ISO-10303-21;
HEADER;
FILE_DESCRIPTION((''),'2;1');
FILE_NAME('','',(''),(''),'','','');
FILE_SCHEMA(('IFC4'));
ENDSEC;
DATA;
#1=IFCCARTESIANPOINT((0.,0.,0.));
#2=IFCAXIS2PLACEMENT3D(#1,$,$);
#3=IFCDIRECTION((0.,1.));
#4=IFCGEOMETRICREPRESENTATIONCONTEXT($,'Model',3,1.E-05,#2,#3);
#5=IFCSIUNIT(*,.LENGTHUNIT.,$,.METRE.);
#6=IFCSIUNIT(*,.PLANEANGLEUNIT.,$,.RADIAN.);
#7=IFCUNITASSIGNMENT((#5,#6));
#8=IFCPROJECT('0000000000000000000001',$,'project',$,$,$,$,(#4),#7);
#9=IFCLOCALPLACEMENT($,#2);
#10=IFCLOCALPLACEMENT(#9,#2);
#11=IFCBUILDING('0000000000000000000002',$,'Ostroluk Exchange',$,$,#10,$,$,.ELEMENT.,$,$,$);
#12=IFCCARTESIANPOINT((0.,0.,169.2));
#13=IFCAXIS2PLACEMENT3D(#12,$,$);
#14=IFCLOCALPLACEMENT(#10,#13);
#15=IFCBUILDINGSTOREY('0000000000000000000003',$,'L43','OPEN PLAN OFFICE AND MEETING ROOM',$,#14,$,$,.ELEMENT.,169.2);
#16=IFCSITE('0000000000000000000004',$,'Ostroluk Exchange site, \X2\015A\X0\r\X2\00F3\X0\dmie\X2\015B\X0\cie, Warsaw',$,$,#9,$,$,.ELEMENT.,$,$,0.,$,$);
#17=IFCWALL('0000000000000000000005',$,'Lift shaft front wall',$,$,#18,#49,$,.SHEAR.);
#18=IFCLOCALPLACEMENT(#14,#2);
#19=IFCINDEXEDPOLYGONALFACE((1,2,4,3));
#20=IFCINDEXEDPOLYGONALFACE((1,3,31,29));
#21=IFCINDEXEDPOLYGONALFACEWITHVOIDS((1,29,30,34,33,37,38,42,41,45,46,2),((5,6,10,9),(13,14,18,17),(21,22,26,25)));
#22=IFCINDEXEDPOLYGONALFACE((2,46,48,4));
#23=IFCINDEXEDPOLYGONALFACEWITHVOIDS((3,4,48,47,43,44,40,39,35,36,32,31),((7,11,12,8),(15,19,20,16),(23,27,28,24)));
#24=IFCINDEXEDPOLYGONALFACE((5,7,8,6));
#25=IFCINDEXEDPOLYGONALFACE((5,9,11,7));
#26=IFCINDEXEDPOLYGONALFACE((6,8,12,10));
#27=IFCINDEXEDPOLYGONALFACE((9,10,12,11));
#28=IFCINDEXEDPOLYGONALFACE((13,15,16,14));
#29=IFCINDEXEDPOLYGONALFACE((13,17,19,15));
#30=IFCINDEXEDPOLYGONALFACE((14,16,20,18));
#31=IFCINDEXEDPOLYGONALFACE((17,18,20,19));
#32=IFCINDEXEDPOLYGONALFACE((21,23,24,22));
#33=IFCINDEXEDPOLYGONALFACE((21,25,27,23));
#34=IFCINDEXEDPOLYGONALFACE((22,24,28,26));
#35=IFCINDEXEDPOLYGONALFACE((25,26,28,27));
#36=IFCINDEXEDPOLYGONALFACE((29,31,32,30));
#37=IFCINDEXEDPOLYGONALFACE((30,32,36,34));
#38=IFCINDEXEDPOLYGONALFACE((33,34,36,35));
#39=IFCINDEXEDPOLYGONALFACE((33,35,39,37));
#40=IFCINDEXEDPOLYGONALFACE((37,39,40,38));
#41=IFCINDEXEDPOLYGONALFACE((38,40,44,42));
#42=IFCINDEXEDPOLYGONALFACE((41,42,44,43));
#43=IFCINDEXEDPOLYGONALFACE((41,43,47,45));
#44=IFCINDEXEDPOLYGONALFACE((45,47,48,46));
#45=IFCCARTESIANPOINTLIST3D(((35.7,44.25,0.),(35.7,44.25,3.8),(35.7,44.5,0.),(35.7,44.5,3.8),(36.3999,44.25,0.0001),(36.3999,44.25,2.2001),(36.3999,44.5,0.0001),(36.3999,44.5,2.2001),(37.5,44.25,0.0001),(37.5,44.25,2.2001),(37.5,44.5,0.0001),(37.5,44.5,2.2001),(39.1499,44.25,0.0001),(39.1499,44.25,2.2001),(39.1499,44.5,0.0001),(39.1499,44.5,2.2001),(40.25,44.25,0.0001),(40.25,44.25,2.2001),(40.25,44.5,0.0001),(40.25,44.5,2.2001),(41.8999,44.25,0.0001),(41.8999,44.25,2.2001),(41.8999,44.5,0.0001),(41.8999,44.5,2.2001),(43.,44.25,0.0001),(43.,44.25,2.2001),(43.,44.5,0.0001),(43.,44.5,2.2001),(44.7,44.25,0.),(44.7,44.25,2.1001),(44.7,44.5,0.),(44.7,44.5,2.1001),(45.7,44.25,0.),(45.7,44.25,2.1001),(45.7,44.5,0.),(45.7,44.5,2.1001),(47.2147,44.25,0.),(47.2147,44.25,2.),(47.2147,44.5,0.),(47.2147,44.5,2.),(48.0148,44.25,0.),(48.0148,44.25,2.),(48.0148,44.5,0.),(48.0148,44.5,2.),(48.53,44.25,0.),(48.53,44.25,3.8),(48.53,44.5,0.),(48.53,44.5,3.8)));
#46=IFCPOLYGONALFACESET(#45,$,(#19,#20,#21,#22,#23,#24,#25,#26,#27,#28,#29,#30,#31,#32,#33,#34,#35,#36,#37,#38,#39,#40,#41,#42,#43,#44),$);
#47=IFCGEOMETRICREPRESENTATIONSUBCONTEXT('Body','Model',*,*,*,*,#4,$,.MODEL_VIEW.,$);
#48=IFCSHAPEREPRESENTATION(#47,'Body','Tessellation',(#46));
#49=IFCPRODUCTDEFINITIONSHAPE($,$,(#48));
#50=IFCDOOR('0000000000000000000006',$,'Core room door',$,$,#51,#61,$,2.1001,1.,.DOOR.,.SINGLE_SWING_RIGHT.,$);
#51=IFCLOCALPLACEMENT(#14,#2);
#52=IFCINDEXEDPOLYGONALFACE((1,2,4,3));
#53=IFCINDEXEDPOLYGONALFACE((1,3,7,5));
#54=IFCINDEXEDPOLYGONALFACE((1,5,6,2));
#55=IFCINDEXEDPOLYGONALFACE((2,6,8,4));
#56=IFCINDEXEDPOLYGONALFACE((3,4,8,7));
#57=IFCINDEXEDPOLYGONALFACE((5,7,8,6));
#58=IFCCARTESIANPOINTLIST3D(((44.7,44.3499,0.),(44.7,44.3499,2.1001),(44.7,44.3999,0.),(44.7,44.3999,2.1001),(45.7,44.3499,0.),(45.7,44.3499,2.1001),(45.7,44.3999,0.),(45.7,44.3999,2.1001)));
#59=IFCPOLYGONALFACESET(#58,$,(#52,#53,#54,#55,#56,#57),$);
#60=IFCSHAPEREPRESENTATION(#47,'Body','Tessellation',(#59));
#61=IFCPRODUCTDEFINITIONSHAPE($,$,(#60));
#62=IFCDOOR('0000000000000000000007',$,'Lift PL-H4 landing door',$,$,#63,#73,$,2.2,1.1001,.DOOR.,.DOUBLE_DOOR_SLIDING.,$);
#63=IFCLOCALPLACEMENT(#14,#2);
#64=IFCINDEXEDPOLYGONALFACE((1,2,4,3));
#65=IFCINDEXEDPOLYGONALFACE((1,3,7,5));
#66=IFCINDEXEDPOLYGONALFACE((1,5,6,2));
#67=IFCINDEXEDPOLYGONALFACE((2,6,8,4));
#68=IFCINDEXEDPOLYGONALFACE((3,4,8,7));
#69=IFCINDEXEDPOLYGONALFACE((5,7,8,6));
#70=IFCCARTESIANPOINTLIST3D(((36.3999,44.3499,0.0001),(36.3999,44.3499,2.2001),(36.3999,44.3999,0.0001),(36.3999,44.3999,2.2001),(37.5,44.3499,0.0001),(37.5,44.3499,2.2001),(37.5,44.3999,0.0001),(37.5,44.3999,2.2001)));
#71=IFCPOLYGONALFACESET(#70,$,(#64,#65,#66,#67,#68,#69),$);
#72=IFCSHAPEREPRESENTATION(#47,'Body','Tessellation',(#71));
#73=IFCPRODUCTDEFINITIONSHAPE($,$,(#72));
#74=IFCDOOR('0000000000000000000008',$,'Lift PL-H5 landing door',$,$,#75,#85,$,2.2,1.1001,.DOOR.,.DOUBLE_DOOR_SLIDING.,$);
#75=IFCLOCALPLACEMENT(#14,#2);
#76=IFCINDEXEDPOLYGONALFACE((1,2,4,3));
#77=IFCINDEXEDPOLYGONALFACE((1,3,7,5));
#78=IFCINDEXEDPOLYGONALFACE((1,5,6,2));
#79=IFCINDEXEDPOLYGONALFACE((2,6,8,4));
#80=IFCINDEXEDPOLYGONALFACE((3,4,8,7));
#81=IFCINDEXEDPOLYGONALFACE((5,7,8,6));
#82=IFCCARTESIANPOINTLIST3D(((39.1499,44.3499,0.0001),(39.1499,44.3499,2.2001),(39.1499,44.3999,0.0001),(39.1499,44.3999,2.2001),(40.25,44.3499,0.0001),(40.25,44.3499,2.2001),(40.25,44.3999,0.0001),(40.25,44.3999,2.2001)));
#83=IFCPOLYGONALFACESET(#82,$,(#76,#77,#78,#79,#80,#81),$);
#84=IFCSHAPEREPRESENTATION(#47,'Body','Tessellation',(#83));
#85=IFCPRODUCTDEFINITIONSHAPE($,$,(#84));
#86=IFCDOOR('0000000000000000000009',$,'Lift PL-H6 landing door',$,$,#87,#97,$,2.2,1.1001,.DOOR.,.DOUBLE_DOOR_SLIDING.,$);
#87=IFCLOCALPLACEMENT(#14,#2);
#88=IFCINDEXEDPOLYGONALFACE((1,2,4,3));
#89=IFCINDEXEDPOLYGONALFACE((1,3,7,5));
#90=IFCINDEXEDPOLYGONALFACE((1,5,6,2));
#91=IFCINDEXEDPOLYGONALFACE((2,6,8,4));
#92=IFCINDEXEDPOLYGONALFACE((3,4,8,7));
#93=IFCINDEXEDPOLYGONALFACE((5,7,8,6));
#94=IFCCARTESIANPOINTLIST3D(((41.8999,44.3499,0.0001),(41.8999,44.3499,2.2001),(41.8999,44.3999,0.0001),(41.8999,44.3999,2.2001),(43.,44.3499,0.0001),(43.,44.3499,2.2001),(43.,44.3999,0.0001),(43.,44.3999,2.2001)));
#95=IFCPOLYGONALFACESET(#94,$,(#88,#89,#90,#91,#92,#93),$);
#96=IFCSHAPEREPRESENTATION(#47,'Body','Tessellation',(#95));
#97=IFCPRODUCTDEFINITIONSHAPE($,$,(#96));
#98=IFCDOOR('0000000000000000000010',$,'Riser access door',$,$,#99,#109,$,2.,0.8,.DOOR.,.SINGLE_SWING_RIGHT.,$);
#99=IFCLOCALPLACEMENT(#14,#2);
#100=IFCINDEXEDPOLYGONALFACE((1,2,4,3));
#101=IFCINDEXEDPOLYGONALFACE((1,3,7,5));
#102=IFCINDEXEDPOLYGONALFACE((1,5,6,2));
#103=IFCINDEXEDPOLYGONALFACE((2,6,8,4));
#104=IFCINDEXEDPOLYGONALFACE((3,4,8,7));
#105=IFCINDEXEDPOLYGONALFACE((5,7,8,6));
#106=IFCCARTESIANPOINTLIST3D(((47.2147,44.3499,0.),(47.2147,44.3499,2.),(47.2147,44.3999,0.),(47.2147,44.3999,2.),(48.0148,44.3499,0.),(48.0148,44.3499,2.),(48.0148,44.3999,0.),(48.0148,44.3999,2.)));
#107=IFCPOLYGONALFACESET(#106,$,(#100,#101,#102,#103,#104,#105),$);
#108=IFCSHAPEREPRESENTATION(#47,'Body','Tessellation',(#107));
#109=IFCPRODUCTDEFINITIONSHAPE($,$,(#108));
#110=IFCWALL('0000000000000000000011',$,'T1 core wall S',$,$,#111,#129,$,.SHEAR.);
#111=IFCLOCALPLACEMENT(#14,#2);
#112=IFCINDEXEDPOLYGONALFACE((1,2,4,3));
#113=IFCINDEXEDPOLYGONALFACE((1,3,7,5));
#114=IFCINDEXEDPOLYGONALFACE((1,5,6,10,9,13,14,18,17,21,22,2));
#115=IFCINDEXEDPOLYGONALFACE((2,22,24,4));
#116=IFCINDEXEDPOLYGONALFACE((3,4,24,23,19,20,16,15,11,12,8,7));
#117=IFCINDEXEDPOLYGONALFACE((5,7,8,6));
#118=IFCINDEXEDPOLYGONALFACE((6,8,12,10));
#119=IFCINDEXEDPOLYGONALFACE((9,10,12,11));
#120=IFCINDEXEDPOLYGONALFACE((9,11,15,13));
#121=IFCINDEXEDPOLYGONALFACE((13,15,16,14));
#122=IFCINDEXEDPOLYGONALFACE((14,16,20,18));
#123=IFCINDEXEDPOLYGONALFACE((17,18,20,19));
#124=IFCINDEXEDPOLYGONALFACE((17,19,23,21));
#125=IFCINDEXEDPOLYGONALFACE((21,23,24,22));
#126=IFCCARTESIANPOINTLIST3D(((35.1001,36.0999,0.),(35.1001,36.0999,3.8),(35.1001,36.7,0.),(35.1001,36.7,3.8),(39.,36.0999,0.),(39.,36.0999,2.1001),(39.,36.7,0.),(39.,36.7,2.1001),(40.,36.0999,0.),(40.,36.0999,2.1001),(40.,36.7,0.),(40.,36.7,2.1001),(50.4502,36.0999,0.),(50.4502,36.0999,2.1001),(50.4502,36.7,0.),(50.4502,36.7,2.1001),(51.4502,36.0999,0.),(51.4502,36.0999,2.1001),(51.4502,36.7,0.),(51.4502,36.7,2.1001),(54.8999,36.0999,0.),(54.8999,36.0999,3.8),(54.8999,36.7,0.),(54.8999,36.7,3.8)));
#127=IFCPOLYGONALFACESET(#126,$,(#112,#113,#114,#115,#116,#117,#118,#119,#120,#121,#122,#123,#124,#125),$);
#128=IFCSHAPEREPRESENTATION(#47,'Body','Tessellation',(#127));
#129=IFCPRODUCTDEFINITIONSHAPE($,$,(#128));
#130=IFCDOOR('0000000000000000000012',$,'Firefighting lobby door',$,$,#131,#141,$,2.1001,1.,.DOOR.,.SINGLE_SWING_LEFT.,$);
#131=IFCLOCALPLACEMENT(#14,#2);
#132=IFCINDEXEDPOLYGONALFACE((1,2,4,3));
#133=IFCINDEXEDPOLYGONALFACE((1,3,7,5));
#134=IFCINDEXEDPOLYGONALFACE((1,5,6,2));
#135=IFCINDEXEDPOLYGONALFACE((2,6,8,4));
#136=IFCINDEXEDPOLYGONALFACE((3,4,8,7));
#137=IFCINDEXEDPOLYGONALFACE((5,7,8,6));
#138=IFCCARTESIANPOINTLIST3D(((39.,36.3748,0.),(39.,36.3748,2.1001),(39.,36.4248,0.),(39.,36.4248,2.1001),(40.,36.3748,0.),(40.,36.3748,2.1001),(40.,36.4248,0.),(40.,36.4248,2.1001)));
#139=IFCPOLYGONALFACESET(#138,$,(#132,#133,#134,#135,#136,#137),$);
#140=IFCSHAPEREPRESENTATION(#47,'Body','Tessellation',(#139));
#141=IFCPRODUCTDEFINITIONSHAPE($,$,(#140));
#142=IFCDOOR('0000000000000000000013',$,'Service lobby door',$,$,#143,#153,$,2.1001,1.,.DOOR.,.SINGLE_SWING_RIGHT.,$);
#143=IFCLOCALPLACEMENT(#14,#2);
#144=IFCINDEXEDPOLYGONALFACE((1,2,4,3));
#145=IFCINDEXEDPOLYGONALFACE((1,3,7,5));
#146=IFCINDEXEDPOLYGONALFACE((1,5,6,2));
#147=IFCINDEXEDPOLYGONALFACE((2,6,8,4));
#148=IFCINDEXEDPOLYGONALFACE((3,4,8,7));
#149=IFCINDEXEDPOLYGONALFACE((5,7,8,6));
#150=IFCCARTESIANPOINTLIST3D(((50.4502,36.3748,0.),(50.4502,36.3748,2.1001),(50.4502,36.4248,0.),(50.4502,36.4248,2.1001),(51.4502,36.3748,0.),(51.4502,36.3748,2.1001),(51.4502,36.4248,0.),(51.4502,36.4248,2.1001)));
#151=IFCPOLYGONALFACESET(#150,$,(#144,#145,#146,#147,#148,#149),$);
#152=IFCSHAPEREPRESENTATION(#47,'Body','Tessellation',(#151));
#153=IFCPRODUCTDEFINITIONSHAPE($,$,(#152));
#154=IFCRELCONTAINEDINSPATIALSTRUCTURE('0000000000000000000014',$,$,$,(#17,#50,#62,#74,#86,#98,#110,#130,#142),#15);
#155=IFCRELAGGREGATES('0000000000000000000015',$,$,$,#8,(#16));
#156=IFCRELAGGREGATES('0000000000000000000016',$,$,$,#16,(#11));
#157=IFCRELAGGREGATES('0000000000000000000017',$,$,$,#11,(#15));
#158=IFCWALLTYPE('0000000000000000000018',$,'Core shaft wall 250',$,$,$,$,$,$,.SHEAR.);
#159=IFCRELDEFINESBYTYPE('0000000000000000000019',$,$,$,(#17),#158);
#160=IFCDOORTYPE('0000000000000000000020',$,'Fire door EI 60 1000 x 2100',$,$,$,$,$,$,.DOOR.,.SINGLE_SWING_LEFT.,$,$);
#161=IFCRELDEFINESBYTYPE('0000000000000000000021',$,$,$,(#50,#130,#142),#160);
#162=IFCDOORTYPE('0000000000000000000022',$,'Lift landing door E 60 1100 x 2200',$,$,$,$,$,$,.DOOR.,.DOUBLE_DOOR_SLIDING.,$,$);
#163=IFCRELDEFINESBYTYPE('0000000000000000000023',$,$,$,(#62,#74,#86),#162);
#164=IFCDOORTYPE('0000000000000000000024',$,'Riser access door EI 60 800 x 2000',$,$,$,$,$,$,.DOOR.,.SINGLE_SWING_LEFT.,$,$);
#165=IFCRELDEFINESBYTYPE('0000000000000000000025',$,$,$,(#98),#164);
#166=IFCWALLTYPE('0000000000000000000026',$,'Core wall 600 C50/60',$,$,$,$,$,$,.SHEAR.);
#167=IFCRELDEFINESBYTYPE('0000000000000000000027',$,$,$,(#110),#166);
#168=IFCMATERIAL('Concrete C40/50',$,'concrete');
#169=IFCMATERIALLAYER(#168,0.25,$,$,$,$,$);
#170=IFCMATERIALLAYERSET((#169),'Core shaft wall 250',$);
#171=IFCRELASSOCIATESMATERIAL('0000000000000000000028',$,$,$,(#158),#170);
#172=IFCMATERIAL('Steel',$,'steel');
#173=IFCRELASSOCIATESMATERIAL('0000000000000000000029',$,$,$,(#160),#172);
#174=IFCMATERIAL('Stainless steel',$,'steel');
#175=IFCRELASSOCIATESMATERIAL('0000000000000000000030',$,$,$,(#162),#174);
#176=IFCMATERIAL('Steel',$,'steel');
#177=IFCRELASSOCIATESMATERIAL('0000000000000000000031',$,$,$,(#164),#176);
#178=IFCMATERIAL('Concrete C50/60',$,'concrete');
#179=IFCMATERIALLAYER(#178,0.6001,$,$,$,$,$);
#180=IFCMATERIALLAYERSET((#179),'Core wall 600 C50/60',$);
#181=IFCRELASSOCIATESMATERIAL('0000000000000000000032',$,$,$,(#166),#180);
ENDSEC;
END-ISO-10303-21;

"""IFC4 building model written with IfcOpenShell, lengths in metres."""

from ifc_helpers import new_model, si_unit, direction, frame, frame_2d, origin, place, context, subcontext, project, spatial, rectangle, extrude, material, layer, layer_set, type_object, element, fill, save


model = new_model("IFC4")

# Units and contexts
model_context = context("Model", 3, precision=1e-05, world=origin(), true_north=direction((0.0, 1.0)))
body_context = subcontext(model_context, "Body", "Model", "MODEL_VIEW")
ifc_project = project(units=[si_unit("LENGTHUNIT", "METRE"), si_unit("PLANEANGLEUNIT", "RADIAN")], contexts=[model_context])

# Site, building, storey
site_placement = place(None, origin())
site = spatial("IfcSite", under=ifc_project, at=site_placement, Name="Ostroluk Exchange site, Śródmieście, Warsaw", CompositionType="ELEMENT", RefElevation=0.0)
building_placement = place(site_placement, origin())
building = spatial("IfcBuilding", under=site, at=building_placement, Name="Ostroluk Exchange", CompositionType="ELEMENT")
storey_placement = place(building_placement, frame((0.0, 0.0, 169.2)))
storey = spatial("IfcBuildingStorey", under=building, at=storey_placement, Name="L43", Description="OPEN PLAN OFFICE AND MEETING ROOM", CompositionType="ELEMENT", Elevation=169.2)

# Shared definitions
ifc_material_1 = material(Name="Concrete C40/50", Category="concrete")
ifc_layer_1 = layer(ifc_material_1, 0.25)
ifc_layer_set_1 = layer_set([ifc_layer_1], Name="Core shaft wall 250")
wall_type_1 = type_object("IfcWallType", Name="Core shaft wall 250", PredefinedType="SHEAR", material=ifc_layer_set_1)

# Walls, openings, doors
wall_1_placement = place(storey_placement, frame((35.7, 44.375, 0.0), z_axis=(0.0, 0.0, 1.0), x_axis=(1.0, 0.0, 0.0)))
wall_1 = element("IfcWall", 1, at=wall_1_placement, inside=storey, type_object=wall_type_1, Name="Lift shaft front wall", PredefinedType="SHEAR", context=body_context, shape_type="SweptSolid", body=[
    extrude(rectangle(XDim=12.8301, YDim=0.25, at=frame_2d((6.415, 0.0))), origin(), (0.0, 0.0, 1.0), 3.8),
])
opening_1_placement = place(wall_1_placement, frame((0.7, 0.0, 0.0)))
opening_1 = element("IfcOpeningElement", 2, at=opening_1_placement, cuts=wall_1, PredefinedType="OPENING", context=body_context, shape_type="SweptSolid", body=[
    extrude(rectangle(XDim=1.1001, YDim=2.2, at=frame_2d((0.55, 1.1001))), frame((0.0, 0.135, 0.0), z_axis=(0.0, -1.0, 0.0), x_axis=(1.0, 0.0, 0.0)), (0.0, 0.0, 1.0), 0.27),
])
opening_2_placement = place(wall_1_placement, frame((3.45, 0.0, 0.0)))
opening_2 = element("IfcOpeningElement", 3, at=opening_2_placement, cuts=wall_1, PredefinedType="OPENING", context=body_context, shape_type="SweptSolid", body=[
    extrude(rectangle(XDim=1.1001, YDim=2.2, at=frame_2d((0.55, 1.1001))), frame((0.0, 0.135, 0.0), z_axis=(0.0, -1.0, 0.0), x_axis=(1.0, 0.0, 0.0)), (0.0, 0.0, 1.0), 0.27),
])
opening_3_placement = place(wall_1_placement, frame((6.2, 0.0, 0.0)))
opening_3 = element("IfcOpeningElement", 4, at=opening_3_placement, cuts=wall_1, PredefinedType="OPENING", context=body_context, shape_type="SweptSolid", body=[
    extrude(rectangle(XDim=1.1001, YDim=2.2, at=frame_2d((0.55, 1.1001))), frame((0.0, 0.135, 0.0), z_axis=(0.0, -1.0, 0.0), x_axis=(1.0, 0.0, 0.0)), (0.0, 0.0, 1.0), 0.27),
])
opening_4_placement = place(wall_1_placement, frame((9.0, 0.0, 0.0)))
opening_4 = element("IfcOpeningElement", 5, at=opening_4_placement, cuts=wall_1, PredefinedType="OPENING", context=body_context, shape_type="SweptSolid", body=[
    extrude(rectangle(XDim=1.0, YDim=2.1001, at=frame_2d((0.5, 1.05))), frame((0.0, 0.135, 0.0), z_axis=(0.0, -1.0, 0.0), x_axis=(1.0, 0.0, 0.0)), (0.0, 0.0, 1.0), 0.27),
])
opening_5_placement = place(wall_1_placement, frame((11.5149, 0.0, 0.0)))
opening_5 = element("IfcOpeningElement", 6, at=opening_5_placement, cuts=wall_1, PredefinedType="OPENING", context=body_context, shape_type="SweptSolid", body=[
    extrude(rectangle(XDim=0.8, YDim=2.0, at=frame_2d((0.3999, 1.0))), frame((0.0, 0.135, 0.0), z_axis=(0.0, -1.0, 0.0), x_axis=(1.0, 0.0, 0.0)), (0.0, 0.0, 1.0), 0.27),
])
ifc_material_2 = material(Name="Steel", Category="steel")
door_type_1 = type_object("IfcDoorType", Name="Fire door EI 60 1000 x 2100", OperationType="SINGLE_SWING_LEFT", PredefinedType="DOOR", material=ifc_material_2)
door_1_placement = place(opening_4_placement, origin())
door_1 = element("IfcDoor", 7, at=door_1_placement, inside=storey, type_object=door_type_1, Name="Core room door", OperationType="SINGLE_SWING_RIGHT", OverallHeight=2.1001, OverallWidth=1.0, PredefinedType="DOOR", context=body_context, shape_type="SweptSolid", body=[
    extrude(rectangle(XDim=1.0, YDim=2.1001, at=frame_2d((0.5, 1.05))), frame((0.0, 0.0249, 0.0), z_axis=(0.0, -1.0, 0.0), x_axis=(1.0, 0.0, 0.0)), (0.0, 0.0, 1.0), 0.05),
])
fill(opening_4, door_1)
ifc_material_3 = material(Name="Stainless steel", Category="steel")
door_type_2 = type_object("IfcDoorType", Name="Lift landing door E 60 1100 x 2200", OperationType="DOUBLE_DOOR_SLIDING", PredefinedType="DOOR", material=ifc_material_3)
door_2_placement = place(opening_1_placement, origin())
door_2 = element("IfcDoor", 8, at=door_2_placement, inside=storey, type_object=door_type_2, Name="Lift PL-H4 landing door", OperationType="DOUBLE_DOOR_SLIDING", OverallHeight=2.2, OverallWidth=1.1001, PredefinedType="DOOR", context=body_context, shape_type="SweptSolid", body=[
    extrude(rectangle(XDim=1.1001, YDim=2.2, at=frame_2d((0.55, 1.1001))), frame((0.0, 0.0249, 0.0), z_axis=(0.0, -1.0, 0.0), x_axis=(1.0, 0.0, 0.0)), (0.0, 0.0, 1.0), 0.05),
])
fill(opening_1, door_2)
door_3_placement = place(opening_2_placement, origin())
door_3 = element("IfcDoor", 9, at=door_3_placement, inside=storey, type_object=door_type_2, Name="Lift PL-H5 landing door", OperationType="DOUBLE_DOOR_SLIDING", OverallHeight=2.2, OverallWidth=1.1001, PredefinedType="DOOR", context=body_context, shape_type="SweptSolid", body=[
    extrude(rectangle(XDim=1.1001, YDim=2.2, at=frame_2d((0.55, 1.1001))), frame((0.0, 0.0249, 0.0), z_axis=(0.0, -1.0, 0.0), x_axis=(1.0, 0.0, 0.0)), (0.0, 0.0, 1.0), 0.05),
])
fill(opening_2, door_3)
door_4_placement = place(opening_3_placement, origin())
door_4 = element("IfcDoor", 10, at=door_4_placement, inside=storey, type_object=door_type_2, Name="Lift PL-H6 landing door", OperationType="DOUBLE_DOOR_SLIDING", OverallHeight=2.2, OverallWidth=1.1001, PredefinedType="DOOR", context=body_context, shape_type="SweptSolid", body=[
    extrude(rectangle(XDim=1.1001, YDim=2.2, at=frame_2d((0.55, 1.1001))), frame((0.0, 0.0249, 0.0), z_axis=(0.0, -1.0, 0.0), x_axis=(1.0, 0.0, 0.0)), (0.0, 0.0, 1.0), 0.05),
])
fill(opening_3, door_4)
ifc_material_4 = material(Name="Steel", Category="steel")
door_type_3 = type_object("IfcDoorType", Name="Riser access door EI 60 800 x 2000", OperationType="SINGLE_SWING_LEFT", PredefinedType="DOOR", material=ifc_material_4)
door_5_placement = place(opening_5_placement, origin())
door_5 = element("IfcDoor", 11, at=door_5_placement, inside=storey, type_object=door_type_3, Name="Riser access door", OperationType="SINGLE_SWING_RIGHT", OverallHeight=2.0, OverallWidth=0.8, PredefinedType="DOOR", context=body_context, shape_type="SweptSolid", body=[
    extrude(rectangle(XDim=0.8, YDim=2.0, at=frame_2d((0.3999, 1.0))), frame((0.0, 0.0249, 0.0), z_axis=(0.0, -1.0, 0.0), x_axis=(1.0, 0.0, 0.0)), (0.0, 0.0, 1.0), 0.05),
])
fill(opening_5, door_5)
ifc_material_5 = material(Name="Concrete C50/60", Category="concrete")
ifc_layer_2 = layer(ifc_material_5, 0.6001)
ifc_layer_set_2 = layer_set([ifc_layer_2], Name="Core wall 600 C50/60")
wall_type_2 = type_object("IfcWallType", Name="Core wall 600 C50/60", PredefinedType="SHEAR", material=ifc_layer_set_2)
wall_2_placement = place(storey_placement, frame((35.1001, 36.3999, 0.0), z_axis=(0.0, 0.0, 1.0), x_axis=(1.0, 0.0, 0.0)))
wall_2 = element("IfcWall", 12, at=wall_2_placement, inside=storey, type_object=wall_type_2, Name="T1 core wall S", PredefinedType="SHEAR", context=body_context, shape_type="SweptSolid", body=[
    extrude(rectangle(XDim=19.7998, YDim=0.6001, at=frame_2d((9.8999, 0.0))), origin(), (0.0, 0.0, 1.0), 3.8),
])
opening_6_placement = place(wall_2_placement, frame((3.8999, 0.0, 0.0)))
opening_6 = element("IfcOpeningElement", 13, at=opening_6_placement, cuts=wall_2, PredefinedType="OPENING", context=body_context, shape_type="SweptSolid", body=[
    extrude(rectangle(XDim=1.0, YDim=2.1001, at=frame_2d((0.5, 1.05))), frame((0.0, 0.3101, 0.0), z_axis=(0.0, -1.0, 0.0), x_axis=(1.0, 0.0, 0.0)), (0.0, 0.0, 1.0), 0.6201),
])
opening_7_placement = place(wall_2_placement, frame((15.3501, 0.0, 0.0)))
opening_7 = element("IfcOpeningElement", 14, at=opening_7_placement, cuts=wall_2, PredefinedType="OPENING", context=body_context, shape_type="SweptSolid", body=[
    extrude(rectangle(XDim=1.0, YDim=2.1001, at=frame_2d((0.5, 1.05))), frame((0.0, 0.3101, 0.0), z_axis=(0.0, -1.0, 0.0), x_axis=(1.0, 0.0, 0.0)), (0.0, 0.0, 1.0), 0.6201),
])
door_6_placement = place(opening_6_placement, origin())
door_6 = element("IfcDoor", 15, at=door_6_placement, inside=storey, type_object=door_type_1, Name="Firefighting lobby door", OperationType="SINGLE_SWING_LEFT", OverallHeight=2.1001, OverallWidth=1.0, PredefinedType="DOOR", context=body_context, shape_type="SweptSolid", body=[
    extrude(rectangle(XDim=1.0, YDim=2.1001, at=frame_2d((0.5, 1.05))), frame((0.0, 0.0249, 0.0), z_axis=(0.0, -1.0, 0.0), x_axis=(1.0, 0.0, 0.0)), (0.0, 0.0, 1.0), 0.05),
])
fill(opening_6, door_6)
door_7_placement = place(opening_7_placement, origin())
door_7 = element("IfcDoor", 16, at=door_7_placement, inside=storey, type_object=door_type_1, Name="Service lobby door", OperationType="SINGLE_SWING_RIGHT", OverallHeight=2.1001, OverallWidth=1.0, PredefinedType="DOOR", context=body_context, shape_type="SweptSolid", body=[
    extrude(rectangle(XDim=1.0, YDim=2.1001, at=frame_2d((0.5, 1.05))), frame((0.0, 0.0249, 0.0), z_axis=(0.0, -1.0, 0.0), x_axis=(1.0, 0.0, 0.0)), (0.0, 0.0, 1.0), 0.05),
])
fill(opening_7, door_7)

save(model, "model.ifc")
